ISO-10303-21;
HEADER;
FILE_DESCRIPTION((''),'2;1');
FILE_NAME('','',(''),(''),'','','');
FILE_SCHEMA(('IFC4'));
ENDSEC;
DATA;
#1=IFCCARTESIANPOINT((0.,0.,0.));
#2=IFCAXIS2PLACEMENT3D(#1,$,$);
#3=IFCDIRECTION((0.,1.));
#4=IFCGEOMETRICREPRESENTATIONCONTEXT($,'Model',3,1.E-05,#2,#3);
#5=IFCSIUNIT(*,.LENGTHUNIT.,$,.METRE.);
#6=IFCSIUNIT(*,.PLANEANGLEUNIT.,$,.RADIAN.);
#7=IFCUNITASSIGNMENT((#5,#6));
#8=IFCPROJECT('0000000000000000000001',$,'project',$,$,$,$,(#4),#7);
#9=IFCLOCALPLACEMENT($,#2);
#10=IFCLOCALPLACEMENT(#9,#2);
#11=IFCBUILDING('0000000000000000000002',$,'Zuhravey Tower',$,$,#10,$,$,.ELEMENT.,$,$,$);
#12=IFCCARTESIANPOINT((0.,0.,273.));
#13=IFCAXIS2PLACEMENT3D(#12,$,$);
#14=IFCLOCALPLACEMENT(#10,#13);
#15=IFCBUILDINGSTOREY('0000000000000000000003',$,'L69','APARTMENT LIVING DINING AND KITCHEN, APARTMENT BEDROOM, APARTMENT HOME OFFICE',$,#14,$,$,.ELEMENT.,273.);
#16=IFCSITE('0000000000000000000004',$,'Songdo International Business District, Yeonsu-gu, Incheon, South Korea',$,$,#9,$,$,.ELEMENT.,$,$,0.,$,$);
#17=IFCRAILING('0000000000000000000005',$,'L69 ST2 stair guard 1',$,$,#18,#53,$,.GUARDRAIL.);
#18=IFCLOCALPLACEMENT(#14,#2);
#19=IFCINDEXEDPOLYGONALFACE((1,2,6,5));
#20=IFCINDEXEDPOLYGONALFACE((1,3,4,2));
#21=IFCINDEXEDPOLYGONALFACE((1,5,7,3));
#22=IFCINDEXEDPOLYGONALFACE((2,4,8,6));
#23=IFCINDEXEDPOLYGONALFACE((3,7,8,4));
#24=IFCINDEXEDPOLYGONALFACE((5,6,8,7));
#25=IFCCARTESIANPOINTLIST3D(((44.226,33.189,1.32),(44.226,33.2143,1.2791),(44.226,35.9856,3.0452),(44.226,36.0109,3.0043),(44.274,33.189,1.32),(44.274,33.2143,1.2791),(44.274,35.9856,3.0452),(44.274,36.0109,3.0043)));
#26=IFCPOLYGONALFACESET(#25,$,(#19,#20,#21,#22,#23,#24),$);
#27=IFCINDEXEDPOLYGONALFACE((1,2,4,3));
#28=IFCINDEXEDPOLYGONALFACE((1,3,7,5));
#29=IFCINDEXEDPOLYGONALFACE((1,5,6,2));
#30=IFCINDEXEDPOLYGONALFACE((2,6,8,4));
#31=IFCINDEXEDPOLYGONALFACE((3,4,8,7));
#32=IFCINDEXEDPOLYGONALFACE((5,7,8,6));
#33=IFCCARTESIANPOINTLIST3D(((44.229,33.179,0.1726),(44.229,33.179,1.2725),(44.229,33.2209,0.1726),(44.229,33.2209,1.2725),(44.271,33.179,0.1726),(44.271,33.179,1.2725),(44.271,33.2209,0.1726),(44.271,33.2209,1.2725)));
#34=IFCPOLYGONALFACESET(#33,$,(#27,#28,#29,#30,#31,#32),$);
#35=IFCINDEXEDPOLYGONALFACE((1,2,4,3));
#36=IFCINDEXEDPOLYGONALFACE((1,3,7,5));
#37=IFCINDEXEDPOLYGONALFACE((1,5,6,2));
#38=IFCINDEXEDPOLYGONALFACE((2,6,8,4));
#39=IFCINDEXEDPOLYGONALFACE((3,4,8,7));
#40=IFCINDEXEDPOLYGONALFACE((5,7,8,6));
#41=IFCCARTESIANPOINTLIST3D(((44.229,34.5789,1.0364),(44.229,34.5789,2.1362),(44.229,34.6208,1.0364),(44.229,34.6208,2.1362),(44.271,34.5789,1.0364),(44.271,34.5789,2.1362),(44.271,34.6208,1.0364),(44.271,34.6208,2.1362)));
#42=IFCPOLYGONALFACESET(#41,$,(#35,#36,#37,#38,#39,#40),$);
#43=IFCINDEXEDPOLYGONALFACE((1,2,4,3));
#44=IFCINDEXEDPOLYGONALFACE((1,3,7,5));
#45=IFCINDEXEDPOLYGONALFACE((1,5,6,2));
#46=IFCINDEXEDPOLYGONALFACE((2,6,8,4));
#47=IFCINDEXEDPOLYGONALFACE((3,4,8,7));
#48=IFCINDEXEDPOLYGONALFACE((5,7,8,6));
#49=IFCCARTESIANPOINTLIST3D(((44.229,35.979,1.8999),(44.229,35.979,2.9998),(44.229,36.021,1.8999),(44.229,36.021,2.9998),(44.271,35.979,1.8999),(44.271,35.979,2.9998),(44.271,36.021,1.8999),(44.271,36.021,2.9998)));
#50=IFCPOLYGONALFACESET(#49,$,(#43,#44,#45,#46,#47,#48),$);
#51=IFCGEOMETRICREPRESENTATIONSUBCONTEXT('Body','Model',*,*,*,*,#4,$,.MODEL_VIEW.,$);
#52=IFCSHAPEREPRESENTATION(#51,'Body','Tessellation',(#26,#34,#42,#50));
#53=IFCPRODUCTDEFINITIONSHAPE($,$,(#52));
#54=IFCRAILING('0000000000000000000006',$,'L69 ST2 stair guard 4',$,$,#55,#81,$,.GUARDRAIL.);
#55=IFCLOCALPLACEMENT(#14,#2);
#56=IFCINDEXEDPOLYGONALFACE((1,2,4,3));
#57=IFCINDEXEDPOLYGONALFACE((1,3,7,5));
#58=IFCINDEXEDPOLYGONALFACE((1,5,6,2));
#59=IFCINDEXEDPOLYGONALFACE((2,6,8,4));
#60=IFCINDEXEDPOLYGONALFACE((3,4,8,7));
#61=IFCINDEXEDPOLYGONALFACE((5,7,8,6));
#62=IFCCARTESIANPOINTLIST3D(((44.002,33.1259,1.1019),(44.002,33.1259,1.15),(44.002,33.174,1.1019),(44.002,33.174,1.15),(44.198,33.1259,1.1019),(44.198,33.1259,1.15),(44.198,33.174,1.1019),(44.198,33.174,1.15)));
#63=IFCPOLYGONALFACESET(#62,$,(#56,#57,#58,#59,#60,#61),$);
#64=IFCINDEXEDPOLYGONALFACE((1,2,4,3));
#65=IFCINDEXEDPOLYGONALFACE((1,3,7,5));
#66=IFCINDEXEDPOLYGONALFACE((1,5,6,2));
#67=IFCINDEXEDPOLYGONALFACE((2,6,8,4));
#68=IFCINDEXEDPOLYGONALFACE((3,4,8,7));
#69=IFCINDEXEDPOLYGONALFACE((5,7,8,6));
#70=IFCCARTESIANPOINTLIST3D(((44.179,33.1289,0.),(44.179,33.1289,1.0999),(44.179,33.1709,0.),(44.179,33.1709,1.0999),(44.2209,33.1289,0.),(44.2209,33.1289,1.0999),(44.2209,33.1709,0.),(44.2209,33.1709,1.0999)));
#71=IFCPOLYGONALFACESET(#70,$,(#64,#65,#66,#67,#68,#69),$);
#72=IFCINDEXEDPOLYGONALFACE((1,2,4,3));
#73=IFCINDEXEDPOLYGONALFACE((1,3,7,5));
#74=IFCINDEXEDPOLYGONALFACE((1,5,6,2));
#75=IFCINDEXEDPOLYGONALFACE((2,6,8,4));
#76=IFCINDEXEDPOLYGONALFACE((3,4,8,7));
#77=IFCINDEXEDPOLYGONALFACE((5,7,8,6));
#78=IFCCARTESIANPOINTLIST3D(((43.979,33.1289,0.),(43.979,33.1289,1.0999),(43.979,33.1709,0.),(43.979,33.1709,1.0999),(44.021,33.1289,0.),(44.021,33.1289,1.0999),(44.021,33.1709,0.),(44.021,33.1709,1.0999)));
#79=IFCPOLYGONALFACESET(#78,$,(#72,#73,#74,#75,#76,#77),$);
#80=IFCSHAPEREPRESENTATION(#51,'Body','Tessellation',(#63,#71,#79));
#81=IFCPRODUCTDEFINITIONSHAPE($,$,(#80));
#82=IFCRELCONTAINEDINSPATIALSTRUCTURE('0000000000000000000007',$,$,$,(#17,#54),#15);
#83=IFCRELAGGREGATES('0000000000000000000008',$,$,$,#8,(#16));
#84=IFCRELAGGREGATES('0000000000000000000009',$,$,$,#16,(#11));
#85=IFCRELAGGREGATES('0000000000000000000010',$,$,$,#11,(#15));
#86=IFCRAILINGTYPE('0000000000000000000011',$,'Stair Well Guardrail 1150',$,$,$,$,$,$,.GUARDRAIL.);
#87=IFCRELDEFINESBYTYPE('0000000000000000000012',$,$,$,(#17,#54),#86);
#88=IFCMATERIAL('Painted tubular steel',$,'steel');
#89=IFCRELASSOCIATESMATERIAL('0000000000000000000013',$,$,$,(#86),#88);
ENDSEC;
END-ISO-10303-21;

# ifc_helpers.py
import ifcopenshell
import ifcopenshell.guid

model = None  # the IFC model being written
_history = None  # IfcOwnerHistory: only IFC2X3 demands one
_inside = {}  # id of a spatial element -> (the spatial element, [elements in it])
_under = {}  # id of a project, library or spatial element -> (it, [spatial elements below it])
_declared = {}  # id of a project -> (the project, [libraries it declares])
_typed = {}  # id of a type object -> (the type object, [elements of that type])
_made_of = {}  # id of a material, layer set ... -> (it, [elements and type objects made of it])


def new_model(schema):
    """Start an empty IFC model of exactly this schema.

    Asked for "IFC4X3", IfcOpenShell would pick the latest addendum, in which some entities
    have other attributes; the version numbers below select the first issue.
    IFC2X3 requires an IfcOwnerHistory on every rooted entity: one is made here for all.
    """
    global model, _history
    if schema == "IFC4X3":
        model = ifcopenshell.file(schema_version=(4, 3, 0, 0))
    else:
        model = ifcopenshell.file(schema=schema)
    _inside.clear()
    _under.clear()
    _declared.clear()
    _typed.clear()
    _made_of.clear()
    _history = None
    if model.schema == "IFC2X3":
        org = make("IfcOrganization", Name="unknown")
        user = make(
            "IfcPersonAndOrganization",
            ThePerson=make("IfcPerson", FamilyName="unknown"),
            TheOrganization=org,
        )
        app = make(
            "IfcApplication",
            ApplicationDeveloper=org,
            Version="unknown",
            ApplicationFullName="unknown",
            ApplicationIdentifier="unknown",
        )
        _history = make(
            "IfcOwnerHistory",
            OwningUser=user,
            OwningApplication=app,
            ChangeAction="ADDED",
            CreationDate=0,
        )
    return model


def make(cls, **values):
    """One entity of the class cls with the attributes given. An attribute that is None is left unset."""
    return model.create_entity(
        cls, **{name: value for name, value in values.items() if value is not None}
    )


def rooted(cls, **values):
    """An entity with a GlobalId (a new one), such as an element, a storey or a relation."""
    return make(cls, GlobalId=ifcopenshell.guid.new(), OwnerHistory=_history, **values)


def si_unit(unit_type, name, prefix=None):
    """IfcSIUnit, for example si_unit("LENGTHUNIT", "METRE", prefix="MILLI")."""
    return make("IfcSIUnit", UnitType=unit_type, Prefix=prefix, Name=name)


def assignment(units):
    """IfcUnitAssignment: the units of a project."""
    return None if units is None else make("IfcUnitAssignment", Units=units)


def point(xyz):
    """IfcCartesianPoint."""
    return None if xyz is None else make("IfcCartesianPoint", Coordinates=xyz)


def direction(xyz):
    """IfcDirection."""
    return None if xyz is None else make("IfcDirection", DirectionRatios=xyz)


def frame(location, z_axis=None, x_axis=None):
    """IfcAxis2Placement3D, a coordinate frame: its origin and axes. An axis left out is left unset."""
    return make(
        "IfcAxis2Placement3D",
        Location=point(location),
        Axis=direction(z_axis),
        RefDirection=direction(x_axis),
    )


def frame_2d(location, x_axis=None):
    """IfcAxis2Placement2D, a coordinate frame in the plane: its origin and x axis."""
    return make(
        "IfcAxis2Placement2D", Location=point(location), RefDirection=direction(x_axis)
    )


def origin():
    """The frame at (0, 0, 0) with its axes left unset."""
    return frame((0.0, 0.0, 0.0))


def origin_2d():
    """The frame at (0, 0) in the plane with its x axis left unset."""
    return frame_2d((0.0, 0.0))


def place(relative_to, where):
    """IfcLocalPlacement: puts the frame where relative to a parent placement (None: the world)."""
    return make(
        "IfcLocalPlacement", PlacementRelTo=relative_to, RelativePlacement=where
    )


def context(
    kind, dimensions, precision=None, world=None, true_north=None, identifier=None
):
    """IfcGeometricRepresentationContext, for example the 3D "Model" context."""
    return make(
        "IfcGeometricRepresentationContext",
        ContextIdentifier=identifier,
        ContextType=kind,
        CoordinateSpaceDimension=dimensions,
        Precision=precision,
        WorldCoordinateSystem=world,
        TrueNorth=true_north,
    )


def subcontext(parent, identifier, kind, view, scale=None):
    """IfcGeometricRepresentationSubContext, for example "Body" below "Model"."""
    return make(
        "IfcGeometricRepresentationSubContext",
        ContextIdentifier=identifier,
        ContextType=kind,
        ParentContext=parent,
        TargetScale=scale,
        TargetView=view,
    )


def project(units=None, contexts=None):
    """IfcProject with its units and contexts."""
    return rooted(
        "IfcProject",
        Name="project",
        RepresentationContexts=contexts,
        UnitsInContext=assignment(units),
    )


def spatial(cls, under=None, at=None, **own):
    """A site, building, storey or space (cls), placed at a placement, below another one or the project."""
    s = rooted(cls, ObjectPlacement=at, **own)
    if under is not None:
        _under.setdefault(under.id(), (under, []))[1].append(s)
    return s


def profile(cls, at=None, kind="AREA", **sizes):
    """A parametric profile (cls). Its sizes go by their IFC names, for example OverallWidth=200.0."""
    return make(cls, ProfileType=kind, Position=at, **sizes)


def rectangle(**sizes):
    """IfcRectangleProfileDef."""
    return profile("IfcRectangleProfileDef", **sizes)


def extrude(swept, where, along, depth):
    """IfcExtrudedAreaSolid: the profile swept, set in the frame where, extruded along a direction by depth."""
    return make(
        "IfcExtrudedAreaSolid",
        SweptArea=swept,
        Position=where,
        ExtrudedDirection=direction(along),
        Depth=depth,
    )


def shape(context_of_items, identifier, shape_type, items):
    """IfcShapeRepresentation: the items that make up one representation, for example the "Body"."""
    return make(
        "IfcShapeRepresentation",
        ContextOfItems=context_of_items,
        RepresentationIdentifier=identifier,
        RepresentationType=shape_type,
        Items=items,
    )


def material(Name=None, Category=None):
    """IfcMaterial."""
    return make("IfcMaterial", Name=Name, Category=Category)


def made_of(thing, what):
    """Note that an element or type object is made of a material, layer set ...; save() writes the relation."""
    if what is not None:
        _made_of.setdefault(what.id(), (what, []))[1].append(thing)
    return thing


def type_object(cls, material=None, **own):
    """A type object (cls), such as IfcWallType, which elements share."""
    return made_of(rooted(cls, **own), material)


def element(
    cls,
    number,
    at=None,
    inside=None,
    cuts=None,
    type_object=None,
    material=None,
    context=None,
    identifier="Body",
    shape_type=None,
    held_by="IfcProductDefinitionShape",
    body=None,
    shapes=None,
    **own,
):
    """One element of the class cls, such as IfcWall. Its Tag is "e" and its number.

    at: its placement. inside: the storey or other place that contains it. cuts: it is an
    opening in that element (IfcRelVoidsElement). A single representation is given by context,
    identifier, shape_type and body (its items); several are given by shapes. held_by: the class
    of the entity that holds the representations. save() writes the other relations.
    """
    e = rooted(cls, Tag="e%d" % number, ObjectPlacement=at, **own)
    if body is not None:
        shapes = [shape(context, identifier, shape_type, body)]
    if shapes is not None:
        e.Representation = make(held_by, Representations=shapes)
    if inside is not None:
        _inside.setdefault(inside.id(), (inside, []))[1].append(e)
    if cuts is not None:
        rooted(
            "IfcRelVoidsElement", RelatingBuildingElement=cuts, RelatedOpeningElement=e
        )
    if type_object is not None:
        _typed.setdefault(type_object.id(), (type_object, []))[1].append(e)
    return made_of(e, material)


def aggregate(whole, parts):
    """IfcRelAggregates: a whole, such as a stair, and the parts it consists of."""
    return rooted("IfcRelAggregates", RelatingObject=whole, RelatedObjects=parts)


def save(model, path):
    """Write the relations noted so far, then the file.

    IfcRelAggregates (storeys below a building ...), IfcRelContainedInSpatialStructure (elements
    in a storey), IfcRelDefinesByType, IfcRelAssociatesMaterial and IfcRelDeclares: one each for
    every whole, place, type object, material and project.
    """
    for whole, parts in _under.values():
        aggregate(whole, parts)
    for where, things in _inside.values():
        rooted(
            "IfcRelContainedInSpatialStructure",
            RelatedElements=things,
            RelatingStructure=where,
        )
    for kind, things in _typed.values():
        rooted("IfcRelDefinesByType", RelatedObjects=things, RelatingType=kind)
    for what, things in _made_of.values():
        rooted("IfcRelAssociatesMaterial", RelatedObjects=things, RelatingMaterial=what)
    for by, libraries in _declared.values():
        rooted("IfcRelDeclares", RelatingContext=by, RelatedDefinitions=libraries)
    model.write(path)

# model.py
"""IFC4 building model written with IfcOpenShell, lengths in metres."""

from ifc_helpers import new_model, si_unit, direction, frame, origin, origin_2d, place, context, subcontext, project, spatial, rectangle, extrude, material, type_object, element, save


model = new_model("IFC4")

# Units and contexts
model_context = context("Model", 3, precision=1e-05, world=origin(), true_north=direction((0.0, 1.0)))
body_context = subcontext(model_context, "Body", "Model", "MODEL_VIEW")
ifc_project = project(units=[si_unit("LENGTHUNIT", "METRE"), si_unit("PLANEANGLEUNIT", "RADIAN")], contexts=[model_context])

# Site, building, storey
site_placement = place(None, origin())
site = spatial("IfcSite", under=ifc_project, at=site_placement, Name="Songdo International Business District, Yeonsu-gu, Incheon, South Korea", CompositionType="ELEMENT", RefElevation=0.0)
building_placement = place(site_placement, origin())
building = spatial("IfcBuilding", under=site, at=building_placement, Name="Zuhravey Tower", CompositionType="ELEMENT")
storey_placement = place(building_placement, frame((0.0, 0.0, 273.0)))
storey = spatial("IfcBuildingStorey", under=building, at=storey_placement, Name="L69", Description="APARTMENT LIVING DINING AND KITCHEN, APARTMENT BEDROOM, APARTMENT HOME OFFICE", CompositionType="ELEMENT", Elevation=273.0)

# Railings
ifc_material_1 = material(Name="Painted tubular steel", Category="steel")
railing_type_1 = type_object("IfcRailingType", Name="Stair Well Guardrail 1150", PredefinedType="GUARDRAIL", material=ifc_material_1)
railing_1_placement = place(storey_placement, frame((44.25, 33.2, 0.1726)))
element("IfcRailing", 1, at=railing_1_placement, inside=storey, type_object=railing_type_1, Name="L69 ST2 stair guard 1", PredefinedType="GUARDRAIL", context=body_context, shape_type="SweptSolid", body=[
    extrude(rectangle(XDim=0.0481, YDim=0.0481, at=origin_2d()), frame((0.0, 0.0017, 1.127), z_axis=(0.0, 0.85109, 0.52502), x_axis=(-1.0, 0.0, 0.0)), (0.0, 0.0, 1.0), 3.2859),
    extrude(rectangle(XDim=0.042, YDim=0.042, at=origin_2d()), origin(), (0.0, 0.0, 1.0), 1.0999),
    extrude(rectangle(XDim=0.042, YDim=0.042, at=origin_2d()), frame((0.0, 1.3999, 0.8638)), (0.0, 0.0, 1.0), 1.0999),
    extrude(rectangle(XDim=0.042, YDim=0.042, at=origin_2d()), frame((0.0, 2.8, 1.7273)), (0.0, 0.0, 1.0), 1.0999),
])
railing_2_placement = place(storey_placement, frame((44.2, 33.1499, 0.0)))
element("IfcRailing", 2, at=railing_2_placement, inside=storey, type_object=railing_type_1, Name="L69 ST2 stair guard 4", PredefinedType="GUARDRAIL", context=body_context, shape_type="SweptSolid", body=[
    extrude(rectangle(XDim=0.0481, YDim=0.0481, at=origin_2d()), frame((-0.002, 0.0, 1.126), z_axis=(-1.0, 0.0, 0.0), x_axis=(0.0, -1.0, 0.0)), (0.0, 0.0, 1.0), 0.196),
    extrude(rectangle(XDim=0.042, YDim=0.042, at=origin_2d()), origin(), (0.0, 0.0, 1.0), 1.0999),
    extrude(rectangle(XDim=0.042, YDim=0.042, at=origin_2d()), frame((-0.2, 0.0, 0.0)), (0.0, 0.0, 1.0), 1.0999),
])

save(model, "model.ifc")
